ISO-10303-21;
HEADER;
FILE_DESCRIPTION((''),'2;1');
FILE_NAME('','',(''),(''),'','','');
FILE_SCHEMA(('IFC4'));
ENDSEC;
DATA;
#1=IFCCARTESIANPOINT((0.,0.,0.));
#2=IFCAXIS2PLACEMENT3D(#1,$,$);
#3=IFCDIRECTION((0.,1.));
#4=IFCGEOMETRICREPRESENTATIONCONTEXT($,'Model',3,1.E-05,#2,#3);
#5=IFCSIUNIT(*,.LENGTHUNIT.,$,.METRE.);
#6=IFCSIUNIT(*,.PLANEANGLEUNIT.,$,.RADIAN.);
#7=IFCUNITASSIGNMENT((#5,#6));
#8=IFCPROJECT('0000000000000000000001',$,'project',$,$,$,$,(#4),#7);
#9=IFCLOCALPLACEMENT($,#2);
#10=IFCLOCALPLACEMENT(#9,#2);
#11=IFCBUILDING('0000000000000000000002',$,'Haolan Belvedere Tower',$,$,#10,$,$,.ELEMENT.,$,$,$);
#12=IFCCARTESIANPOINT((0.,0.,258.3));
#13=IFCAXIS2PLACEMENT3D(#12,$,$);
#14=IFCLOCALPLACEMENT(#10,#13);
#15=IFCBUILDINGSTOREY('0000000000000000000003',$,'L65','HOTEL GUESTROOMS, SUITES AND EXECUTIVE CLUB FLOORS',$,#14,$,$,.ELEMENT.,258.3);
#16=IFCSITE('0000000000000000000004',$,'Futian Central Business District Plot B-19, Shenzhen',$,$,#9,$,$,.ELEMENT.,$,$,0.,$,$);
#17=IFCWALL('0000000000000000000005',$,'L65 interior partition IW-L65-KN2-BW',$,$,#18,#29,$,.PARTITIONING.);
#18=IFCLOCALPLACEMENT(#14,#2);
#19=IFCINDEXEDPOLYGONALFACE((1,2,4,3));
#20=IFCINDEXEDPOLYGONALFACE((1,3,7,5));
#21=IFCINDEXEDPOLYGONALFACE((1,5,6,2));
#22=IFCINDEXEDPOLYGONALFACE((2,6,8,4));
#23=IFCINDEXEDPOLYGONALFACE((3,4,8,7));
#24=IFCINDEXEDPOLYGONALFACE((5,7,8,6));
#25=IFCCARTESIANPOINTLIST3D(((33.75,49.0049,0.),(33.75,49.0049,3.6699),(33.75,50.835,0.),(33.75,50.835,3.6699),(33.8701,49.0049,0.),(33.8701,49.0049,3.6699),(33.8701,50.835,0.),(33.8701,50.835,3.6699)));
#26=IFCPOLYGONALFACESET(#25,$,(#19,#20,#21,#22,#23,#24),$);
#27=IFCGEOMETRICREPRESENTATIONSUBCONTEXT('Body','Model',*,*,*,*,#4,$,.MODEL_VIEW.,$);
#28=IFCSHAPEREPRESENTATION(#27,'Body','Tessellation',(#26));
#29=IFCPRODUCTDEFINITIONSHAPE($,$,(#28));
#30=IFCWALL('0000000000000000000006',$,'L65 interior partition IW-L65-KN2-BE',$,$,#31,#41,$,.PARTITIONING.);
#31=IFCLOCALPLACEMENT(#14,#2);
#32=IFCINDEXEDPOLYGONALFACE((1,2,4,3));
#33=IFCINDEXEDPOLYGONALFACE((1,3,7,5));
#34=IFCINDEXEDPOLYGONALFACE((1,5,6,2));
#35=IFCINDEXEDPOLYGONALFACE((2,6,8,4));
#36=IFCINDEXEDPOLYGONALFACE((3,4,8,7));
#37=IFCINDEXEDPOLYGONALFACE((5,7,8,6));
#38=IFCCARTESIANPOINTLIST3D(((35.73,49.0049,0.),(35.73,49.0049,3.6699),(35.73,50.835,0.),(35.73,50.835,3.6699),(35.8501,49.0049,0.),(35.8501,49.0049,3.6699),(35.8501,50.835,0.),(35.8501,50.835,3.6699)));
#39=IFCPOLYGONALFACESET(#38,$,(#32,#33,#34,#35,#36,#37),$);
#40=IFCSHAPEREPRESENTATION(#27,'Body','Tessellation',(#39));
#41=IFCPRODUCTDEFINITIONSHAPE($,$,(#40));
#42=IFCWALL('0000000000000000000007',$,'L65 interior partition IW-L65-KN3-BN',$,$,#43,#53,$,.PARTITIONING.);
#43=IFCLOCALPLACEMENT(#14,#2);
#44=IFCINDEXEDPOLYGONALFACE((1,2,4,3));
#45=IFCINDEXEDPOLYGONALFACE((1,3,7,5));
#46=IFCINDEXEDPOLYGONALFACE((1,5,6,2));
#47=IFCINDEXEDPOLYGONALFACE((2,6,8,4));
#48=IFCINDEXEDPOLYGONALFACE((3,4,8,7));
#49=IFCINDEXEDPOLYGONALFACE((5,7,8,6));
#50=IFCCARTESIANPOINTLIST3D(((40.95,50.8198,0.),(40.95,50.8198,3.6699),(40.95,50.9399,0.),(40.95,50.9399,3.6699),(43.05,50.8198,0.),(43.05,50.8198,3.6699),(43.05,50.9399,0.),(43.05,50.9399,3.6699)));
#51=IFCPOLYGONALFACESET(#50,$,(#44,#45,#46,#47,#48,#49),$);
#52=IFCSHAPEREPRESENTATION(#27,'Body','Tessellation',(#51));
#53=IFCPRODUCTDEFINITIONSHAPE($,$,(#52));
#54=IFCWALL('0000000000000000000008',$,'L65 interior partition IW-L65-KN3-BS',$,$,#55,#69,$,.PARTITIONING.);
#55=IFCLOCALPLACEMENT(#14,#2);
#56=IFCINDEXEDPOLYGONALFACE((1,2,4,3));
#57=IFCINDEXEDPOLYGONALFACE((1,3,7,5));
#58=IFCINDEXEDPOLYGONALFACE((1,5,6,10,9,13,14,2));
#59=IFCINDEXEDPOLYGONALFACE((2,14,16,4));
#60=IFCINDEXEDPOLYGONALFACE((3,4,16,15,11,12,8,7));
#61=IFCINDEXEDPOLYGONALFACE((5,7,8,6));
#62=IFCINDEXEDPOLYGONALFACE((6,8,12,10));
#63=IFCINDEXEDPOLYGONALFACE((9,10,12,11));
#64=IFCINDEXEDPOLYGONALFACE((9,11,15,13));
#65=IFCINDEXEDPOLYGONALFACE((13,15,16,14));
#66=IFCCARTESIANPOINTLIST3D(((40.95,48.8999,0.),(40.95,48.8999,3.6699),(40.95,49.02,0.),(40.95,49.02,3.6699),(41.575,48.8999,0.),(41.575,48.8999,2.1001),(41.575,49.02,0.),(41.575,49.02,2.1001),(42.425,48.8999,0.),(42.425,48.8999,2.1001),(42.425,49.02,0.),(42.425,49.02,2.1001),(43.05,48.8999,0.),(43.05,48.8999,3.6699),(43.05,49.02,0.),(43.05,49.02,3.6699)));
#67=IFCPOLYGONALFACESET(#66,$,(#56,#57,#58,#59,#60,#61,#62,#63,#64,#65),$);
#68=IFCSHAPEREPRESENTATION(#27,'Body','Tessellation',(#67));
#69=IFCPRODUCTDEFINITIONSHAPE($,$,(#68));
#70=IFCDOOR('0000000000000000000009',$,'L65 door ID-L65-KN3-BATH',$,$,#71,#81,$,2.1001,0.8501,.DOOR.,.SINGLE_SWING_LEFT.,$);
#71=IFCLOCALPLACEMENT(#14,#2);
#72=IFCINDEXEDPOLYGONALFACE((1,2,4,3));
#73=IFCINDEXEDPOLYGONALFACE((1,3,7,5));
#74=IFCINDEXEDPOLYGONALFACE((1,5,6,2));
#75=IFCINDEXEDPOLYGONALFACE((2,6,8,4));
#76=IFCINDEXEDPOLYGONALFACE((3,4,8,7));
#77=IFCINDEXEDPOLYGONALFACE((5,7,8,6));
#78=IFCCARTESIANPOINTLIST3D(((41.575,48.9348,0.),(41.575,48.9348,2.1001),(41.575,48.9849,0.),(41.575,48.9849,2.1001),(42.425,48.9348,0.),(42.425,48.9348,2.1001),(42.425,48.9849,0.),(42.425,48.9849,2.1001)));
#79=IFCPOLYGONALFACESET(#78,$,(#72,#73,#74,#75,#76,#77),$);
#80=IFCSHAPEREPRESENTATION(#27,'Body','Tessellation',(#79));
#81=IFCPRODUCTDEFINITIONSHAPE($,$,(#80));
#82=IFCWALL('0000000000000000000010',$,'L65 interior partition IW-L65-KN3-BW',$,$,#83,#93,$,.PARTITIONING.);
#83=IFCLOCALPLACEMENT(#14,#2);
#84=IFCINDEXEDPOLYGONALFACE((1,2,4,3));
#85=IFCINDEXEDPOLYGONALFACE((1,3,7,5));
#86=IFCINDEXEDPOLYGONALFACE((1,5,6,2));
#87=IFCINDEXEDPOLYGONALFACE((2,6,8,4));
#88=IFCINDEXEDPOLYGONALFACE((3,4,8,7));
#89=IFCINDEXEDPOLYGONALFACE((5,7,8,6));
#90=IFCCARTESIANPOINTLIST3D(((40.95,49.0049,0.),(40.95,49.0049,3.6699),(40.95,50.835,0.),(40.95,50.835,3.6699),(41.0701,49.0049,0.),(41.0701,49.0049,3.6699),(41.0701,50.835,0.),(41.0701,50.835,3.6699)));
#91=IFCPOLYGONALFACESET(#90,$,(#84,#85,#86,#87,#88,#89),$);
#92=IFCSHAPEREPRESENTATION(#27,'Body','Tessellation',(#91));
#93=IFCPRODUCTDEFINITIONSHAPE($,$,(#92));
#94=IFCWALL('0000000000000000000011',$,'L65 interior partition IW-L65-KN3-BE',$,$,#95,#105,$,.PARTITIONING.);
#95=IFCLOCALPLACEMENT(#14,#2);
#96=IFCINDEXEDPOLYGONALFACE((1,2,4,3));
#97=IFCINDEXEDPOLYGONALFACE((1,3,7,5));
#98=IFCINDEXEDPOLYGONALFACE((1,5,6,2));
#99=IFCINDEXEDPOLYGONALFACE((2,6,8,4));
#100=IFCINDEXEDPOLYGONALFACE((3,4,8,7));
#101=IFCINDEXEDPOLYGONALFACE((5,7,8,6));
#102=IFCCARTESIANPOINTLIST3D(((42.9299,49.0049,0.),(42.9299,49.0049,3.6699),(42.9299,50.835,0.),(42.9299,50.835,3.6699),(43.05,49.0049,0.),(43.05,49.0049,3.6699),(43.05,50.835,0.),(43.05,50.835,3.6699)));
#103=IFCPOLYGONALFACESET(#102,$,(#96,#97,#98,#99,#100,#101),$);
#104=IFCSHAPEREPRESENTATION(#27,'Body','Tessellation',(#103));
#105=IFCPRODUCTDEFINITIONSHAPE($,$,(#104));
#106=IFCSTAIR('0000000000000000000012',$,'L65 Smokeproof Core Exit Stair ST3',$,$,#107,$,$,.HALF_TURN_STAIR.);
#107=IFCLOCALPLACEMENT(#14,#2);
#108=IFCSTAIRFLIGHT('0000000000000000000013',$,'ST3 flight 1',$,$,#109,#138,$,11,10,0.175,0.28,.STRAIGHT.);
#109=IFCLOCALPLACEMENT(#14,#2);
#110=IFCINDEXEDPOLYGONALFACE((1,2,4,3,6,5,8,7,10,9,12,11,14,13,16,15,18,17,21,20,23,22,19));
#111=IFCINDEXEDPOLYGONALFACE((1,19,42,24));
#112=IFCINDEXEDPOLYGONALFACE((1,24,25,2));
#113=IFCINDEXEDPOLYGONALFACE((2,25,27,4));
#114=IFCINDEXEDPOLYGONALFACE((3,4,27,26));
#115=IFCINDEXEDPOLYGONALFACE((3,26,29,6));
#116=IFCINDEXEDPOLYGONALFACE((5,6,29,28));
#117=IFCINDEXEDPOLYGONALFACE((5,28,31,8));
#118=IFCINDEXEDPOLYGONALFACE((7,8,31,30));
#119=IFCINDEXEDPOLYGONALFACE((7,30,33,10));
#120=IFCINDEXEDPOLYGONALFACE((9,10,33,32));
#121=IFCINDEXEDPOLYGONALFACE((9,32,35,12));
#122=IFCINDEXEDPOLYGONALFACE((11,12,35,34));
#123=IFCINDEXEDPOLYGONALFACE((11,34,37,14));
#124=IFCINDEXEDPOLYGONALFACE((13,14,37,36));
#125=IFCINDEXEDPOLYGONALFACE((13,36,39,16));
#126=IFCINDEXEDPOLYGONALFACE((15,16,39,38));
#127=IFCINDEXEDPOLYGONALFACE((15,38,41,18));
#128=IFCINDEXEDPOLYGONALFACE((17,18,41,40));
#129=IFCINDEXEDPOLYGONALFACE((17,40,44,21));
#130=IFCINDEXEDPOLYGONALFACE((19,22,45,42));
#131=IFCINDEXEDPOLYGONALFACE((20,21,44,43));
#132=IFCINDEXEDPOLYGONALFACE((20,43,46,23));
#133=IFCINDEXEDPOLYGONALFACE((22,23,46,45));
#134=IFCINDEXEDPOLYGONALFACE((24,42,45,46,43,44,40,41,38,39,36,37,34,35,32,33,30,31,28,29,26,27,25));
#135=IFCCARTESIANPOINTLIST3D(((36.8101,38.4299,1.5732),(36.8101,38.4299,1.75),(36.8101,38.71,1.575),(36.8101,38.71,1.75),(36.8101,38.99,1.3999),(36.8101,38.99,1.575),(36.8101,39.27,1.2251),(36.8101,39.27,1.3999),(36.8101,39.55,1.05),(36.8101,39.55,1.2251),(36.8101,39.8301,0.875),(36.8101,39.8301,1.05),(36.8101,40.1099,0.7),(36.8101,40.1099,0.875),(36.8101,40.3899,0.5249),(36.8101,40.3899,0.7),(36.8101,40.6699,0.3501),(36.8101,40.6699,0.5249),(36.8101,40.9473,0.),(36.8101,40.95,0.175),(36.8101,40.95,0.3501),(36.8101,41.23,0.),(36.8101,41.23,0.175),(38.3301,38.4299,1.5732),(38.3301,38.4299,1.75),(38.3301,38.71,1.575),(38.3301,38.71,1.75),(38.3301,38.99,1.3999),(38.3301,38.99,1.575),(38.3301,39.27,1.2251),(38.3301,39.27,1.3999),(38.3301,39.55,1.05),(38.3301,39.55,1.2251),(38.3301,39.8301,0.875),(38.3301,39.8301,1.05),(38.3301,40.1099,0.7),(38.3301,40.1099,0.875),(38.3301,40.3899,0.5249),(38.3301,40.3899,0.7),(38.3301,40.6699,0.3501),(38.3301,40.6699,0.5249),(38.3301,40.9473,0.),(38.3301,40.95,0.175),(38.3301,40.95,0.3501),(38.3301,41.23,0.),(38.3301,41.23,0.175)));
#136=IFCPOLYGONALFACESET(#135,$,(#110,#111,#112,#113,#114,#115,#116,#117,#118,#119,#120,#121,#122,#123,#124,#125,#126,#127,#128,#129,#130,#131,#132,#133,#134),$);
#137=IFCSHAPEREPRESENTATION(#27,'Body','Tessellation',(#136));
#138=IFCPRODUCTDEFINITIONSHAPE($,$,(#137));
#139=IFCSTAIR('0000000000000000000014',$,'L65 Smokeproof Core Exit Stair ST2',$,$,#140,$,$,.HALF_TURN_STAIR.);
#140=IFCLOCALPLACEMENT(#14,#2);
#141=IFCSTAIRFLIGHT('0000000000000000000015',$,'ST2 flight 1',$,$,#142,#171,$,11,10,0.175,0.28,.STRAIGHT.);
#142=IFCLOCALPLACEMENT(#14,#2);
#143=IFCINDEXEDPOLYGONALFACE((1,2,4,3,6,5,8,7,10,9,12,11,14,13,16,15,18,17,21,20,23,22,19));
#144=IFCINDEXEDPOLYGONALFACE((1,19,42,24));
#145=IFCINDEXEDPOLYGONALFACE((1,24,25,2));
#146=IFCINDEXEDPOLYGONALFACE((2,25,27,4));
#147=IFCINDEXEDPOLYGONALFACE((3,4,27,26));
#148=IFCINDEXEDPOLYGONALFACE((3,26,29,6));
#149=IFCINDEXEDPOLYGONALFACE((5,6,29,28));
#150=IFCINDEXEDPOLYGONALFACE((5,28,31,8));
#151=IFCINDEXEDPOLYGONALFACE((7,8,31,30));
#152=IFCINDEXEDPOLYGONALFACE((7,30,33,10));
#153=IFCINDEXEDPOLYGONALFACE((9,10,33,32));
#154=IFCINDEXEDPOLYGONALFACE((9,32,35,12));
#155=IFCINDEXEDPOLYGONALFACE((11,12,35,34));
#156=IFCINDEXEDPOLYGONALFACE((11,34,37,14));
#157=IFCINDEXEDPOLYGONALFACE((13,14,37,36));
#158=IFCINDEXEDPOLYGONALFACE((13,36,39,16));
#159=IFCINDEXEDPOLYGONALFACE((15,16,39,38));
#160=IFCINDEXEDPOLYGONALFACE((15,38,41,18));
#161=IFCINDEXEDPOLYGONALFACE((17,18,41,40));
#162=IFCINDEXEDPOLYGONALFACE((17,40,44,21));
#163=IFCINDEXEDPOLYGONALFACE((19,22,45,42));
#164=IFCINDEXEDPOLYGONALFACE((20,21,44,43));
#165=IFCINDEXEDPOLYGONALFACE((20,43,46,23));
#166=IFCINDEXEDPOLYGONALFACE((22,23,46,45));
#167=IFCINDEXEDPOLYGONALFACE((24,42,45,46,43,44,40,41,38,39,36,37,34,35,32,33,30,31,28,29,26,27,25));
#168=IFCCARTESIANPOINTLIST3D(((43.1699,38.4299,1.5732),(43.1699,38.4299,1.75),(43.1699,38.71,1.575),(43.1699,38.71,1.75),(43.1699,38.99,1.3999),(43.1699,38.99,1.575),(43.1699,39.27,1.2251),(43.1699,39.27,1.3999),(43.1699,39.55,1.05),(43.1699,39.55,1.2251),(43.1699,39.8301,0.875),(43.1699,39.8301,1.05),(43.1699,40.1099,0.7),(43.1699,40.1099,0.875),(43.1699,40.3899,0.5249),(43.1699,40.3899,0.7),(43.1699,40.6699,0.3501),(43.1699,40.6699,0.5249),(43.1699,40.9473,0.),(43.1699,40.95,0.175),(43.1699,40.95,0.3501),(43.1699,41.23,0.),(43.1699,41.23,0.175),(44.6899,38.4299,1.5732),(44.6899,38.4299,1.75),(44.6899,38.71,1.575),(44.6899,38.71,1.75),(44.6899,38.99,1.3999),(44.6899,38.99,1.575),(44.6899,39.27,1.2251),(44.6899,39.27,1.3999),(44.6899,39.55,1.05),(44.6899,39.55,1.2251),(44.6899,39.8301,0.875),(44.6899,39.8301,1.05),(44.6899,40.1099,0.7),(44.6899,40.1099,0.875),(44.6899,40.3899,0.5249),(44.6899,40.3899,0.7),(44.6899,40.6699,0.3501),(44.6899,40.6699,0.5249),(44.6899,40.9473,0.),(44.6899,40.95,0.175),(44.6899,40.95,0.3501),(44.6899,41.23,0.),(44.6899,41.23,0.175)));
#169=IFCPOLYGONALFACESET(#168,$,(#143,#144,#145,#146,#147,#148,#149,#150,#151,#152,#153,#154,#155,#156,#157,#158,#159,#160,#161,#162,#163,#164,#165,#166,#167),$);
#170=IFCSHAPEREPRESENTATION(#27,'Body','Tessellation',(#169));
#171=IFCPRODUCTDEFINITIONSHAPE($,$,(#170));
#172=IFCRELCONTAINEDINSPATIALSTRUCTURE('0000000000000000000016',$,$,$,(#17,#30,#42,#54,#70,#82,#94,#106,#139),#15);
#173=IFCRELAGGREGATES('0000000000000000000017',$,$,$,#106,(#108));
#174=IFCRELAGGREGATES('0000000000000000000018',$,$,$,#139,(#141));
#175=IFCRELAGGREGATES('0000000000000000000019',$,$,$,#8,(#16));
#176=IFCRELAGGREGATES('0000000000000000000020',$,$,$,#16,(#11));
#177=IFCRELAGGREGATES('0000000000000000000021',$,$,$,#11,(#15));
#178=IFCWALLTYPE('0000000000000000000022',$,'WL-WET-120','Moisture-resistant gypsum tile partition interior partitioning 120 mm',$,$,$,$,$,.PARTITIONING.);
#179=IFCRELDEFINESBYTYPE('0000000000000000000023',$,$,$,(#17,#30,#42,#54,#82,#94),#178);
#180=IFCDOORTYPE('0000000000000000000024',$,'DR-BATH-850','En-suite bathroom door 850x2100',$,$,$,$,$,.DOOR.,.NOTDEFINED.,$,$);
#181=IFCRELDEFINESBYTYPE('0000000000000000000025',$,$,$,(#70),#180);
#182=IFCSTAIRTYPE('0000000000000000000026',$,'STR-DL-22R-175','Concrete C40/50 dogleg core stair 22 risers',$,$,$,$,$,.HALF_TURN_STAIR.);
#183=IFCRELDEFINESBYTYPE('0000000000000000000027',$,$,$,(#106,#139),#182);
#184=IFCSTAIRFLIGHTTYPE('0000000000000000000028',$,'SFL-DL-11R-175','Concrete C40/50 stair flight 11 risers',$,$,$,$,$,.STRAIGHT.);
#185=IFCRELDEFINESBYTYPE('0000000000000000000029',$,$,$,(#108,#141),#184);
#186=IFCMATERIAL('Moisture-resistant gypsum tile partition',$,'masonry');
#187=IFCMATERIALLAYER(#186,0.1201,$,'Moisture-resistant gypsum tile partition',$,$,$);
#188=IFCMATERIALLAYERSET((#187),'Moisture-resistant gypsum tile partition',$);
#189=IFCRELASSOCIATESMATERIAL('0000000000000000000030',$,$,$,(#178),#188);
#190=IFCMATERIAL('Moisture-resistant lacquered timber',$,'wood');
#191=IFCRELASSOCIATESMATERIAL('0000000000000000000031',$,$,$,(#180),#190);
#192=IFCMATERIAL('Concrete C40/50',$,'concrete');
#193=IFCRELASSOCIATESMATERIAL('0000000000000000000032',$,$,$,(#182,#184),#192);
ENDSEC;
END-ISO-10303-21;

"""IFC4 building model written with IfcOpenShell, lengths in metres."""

from ifc_helpers import new_model, si_unit, direction, frame, frame_2d, origin, place, context, subcontext, project, spatial, polyline, rectangle, outline, extrude, material, layer, layer_set, type_object, element, fill, aggregate, save


model = new_model("IFC4")

# Units and contexts
model_context = context("Model", 3, precision=1e-05, world=origin(), true_north=direction((0.0, 1.0)))
body_context = subcontext(model_context, "Body", "Model", "MODEL_VIEW")
ifc_project = project(units=[si_unit("LENGTHUNIT", "METRE"), si_unit("PLANEANGLEUNIT", "RADIAN")], contexts=[model_context])

# Site, building, storey
site_placement = place(None, origin())
site = spatial("IfcSite", under=ifc_project, at=site_placement, Name="Futian Central Business District Plot B-19, Shenzhen", CompositionType="ELEMENT", RefElevation=0.0)
building_placement = place(site_placement, origin())
building = spatial("IfcBuilding", under=site, at=building_placement, Name="Haolan Belvedere Tower", CompositionType="ELEMENT")
storey_placement = place(building_placement, frame((0.0, 0.0, 258.3)))
storey = spatial("IfcBuildingStorey", under=building, at=storey_placement, Name="L65", Description="HOTEL GUESTROOMS, SUITES AND EXECUTIVE CLUB FLOORS", CompositionType="ELEMENT", Elevation=258.3)

# Walls
ifc_material_1 = material(Name="Moisture-resistant gypsum tile partition", Category="masonry")
ifc_layer_1 = layer(ifc_material_1, 0.1201, Name="Moisture-resistant gypsum tile partition")
ifc_layer_set_1 = layer_set([ifc_layer_1], Name="Moisture-resistant gypsum tile partition")
wall_type_1 = type_object("IfcWallType", Name="WL-WET-120", Description="Moisture-resistant gypsum tile partition interior partitioning 120 mm", PredefinedType="PARTITIONING", material=ifc_layer_set_1)
for number, where, z_axis, x_axis, name in (
    (1, (33.8101, 49.0049, 0.0), (0.0, 0.0, 1.0), (0.0, 1.0, 0.0), "L65 interior partition IW-L65-KN2-BW"),
    (2, (35.79, 49.0049, 0.0), (0.0, 0.0, 1.0), (0.0, 1.0, 0.0), "L65 interior partition IW-L65-KN2-BE"),
):
    element("IfcWall", number, at=place(storey_placement, frame(where, z_axis=z_axis, x_axis=x_axis)), inside=storey, type_object=wall_type_1, Name=name, PredefinedType="PARTITIONING", context=body_context, shape_type="SweptSolid", body=[
        extrude(rectangle(XDim=1.8301, YDim=0.1201, at=frame_2d((0.915, 0.0))), origin(), (0.0, 0.0, 1.0), 3.6699),
    ])
wall_1_placement = place(storey_placement, frame((40.95, 50.8799, 0.0), z_axis=(0.0, 0.0, 1.0), x_axis=(1.0, 0.0, 0.0)))
element("IfcWall", 3, at=wall_1_placement, inside=storey, type_object=wall_type_1, Name="L65 interior partition IW-L65-KN3-BN", PredefinedType="PARTITIONING", context=body_context, shape_type="SweptSolid", body=[
    extrude(rectangle(XDim=2.1001, YDim=0.1201, at=frame_2d((1.05, 0.0))), origin(), (0.0, 0.0, 1.0), 3.6699),
])

# Wall, opening, door
wall_2_placement = place(storey_placement, frame((40.95, 48.96, 0.0), z_axis=(0.0, 0.0, 1.0), x_axis=(1.0, 0.0, 0.0)))
wall_2 = element("IfcWall", 4, at=wall_2_placement, inside=storey, type_object=wall_type_1, Name="L65 interior partition IW-L65-KN3-BS", PredefinedType="PARTITIONING", context=body_context, shape_type="SweptSolid", body=[
    extrude(rectangle(XDim=2.1001, YDim=0.1201, at=frame_2d((1.05, 0.0))), origin(), (0.0, 0.0, 1.0), 3.6699),
])
opening_1_placement = place(wall_2_placement, frame((0.625, 0.0, 0.0)))
opening_1 = element("IfcOpeningElement", 5, at=opening_1_placement, cuts=wall_2, PredefinedType="OPENING", context=body_context, shape_type="SweptSolid", body=[
    extrude(rectangle(XDim=0.8501, YDim=2.1001, at=frame_2d((0.425, 1.05))), frame((0.0, 0.0701, 0.0), z_axis=(0.0, -1.0, 0.0), x_axis=(1.0, 0.0, 0.0)), (0.0, 0.0, 1.0), 0.1401),
])
ifc_material_2 = material(Name="Moisture-resistant lacquered timber", Category="wood")
door_type_1 = type_object("IfcDoorType", Name="DR-BATH-850", Description="En-suite bathroom door 850x2100", OperationType="NOTDEFINED", PredefinedType="DOOR", material=ifc_material_2)
door_1_placement = place(opening_1_placement, origin())
door_1 = element("IfcDoor", 6, at=door_1_placement, inside=storey, type_object=door_type_1, Name="L65 door ID-L65-KN3-BATH", OperationType="SINGLE_SWING_LEFT", OverallHeight=2.1001, OverallWidth=0.8501, PredefinedType="DOOR", context=body_context, shape_type="SweptSolid", body=[
    extrude(rectangle(XDim=0.8501, YDim=2.1001, at=frame_2d((0.425, 1.05))), frame((0.0, 0.0249, 0.0), z_axis=(0.0, -1.0, 0.0), x_axis=(1.0, 0.0, 0.0)), (0.0, 0.0, 1.0), 0.05),
])
fill(opening_1, door_1)

# Walls
for number, where, z_axis, x_axis, name in (
    (7, (41.01, 49.0049, 0.0), (0.0, 0.0, 1.0), (0.0, 1.0, 0.0), "L65 interior partition IW-L65-KN3-BW"),
    (8, (42.99, 49.0049, 0.0), (0.0, 0.0, 1.0), (0.0, 1.0, 0.0), "L65 interior partition IW-L65-KN3-BE"),
):
    element("IfcWall", number, at=place(storey_placement, frame(where, z_axis=z_axis, x_axis=x_axis)), inside=storey, type_object=wall_type_1, Name=name, PredefinedType="PARTITIONING", context=body_context, shape_type="SweptSolid", body=[
        extrude(rectangle(XDim=1.8301, YDim=0.1201, at=frame_2d((0.915, 0.0))), origin(), (0.0, 0.0, 1.0), 3.6699),
    ])

# Stairs, stair flights
ifc_material_3 = material(Name="Concrete C40/50", Category="concrete")
stair_type = type_object("IfcStairType", Name="STR-DL-22R-175", Description="Concrete C40/50 dogleg core stair 22 risers", PredefinedType="HALF_TURN_STAIR", material=ifc_material_3)
stair_1_placement = place(storey_placement, origin())
stair_1 = element("IfcStair", 9, at=stair_1_placement, inside=storey, type_object=stair_type, Name="L65 Smokeproof Core Exit Stair ST3", PredefinedType="HALF_TURN_STAIR")
stair_flight_type = type_object("IfcStairFlightType", Name="SFL-DL-11R-175", Description="Concrete C40/50 stair flight 11 risers", PredefinedType="STRAIGHT", material=ifc_material_3)
stair_flight_1_placement = place(storey_placement, frame((37.5701, 41.23, 0.0), z_axis=(0.0, 0.0, 1.0), x_axis=(0.0, -1.0, 0.0)))
stair_flight_1 = element("IfcStairFlight", 10, at=stair_flight_1_placement, type_object=stair_flight_type, Name="ST3 flight 1", NumberOfRisers=11, NumberOfTreads=10, PredefinedType="STRAIGHT", RiserHeight=0.175, TreadLength=0.28, context=body_context, shape_type="SweptSolid", body=[
    extrude(outline(polyline([(0.0, 0.0), (0.0, 0.175), (0.28, 0.175), (0.28, 0.3501), (0.5601, 0.3501), (0.5601, 0.5249), (0.8401, 0.5249), (0.8401, 0.7), (1.1201, 0.7), (1.1201, 0.875), (1.3999, 0.875), (1.3999, 1.05), (1.6799, 1.05), (1.6799, 1.2251), (1.96, 1.2251), (1.96, 1.3999), (2.24, 1.3999), (2.24, 1.575), (2.52, 1.575), (2.52, 1.75), (2.8, 1.75), (2.8, 1.925), (2.8, 1.5732), (0.2827, 0.0), (0.0, 0.0)])), frame((0.0, 0.76, 0.0), z_axis=(0.0, -1.0, 0.0), x_axis=(1.0, 0.0, 0.0)), (0.0, 0.0, 1.0), 1.52),
])
aggregate(stair_1, [stair_flight_1])
stair_2_placement = place(storey_placement, origin())
stair_2 = element("IfcStair", 11, at=stair_2_placement, inside=storey, type_object=stair_type, Name="L65 Smokeproof Core Exit Stair ST2", PredefinedType="HALF_TURN_STAIR")
stair_flight_2_placement = place(storey_placement, frame((43.9299, 41.23, 0.0), z_axis=(0.0, 0.0, 1.0), x_axis=(0.0, -1.0, 0.0)))
stair_flight_2 = element("IfcStairFlight", 12, at=stair_flight_2_placement, type_object=stair_flight_type, Name="ST2 flight 1", NumberOfRisers=11, NumberOfTreads=10, PredefinedType="STRAIGHT", RiserHeight=0.175, TreadLength=0.28, context=body_context, shape_type="SweptSolid", body=[
    extrude(outline(polyline([(0.0, 0.0), (0.0, 0.175), (0.28, 0.175), (0.28, 0.3501), (0.5601, 0.3501), (0.5601, 0.5249), (0.8401, 0.5249), (0.8401, 0.7), (1.1201, 0.7), (1.1201, 0.875), (1.3999, 0.875), (1.3999, 1.05), (1.6799, 1.05), (1.6799, 1.2251), (1.96, 1.2251), (1.96, 1.3999), (2.24, 1.3999), (2.24, 1.575), (2.52, 1.575), (2.52, 1.75), (2.8, 1.75), (2.8, 1.925), (2.8, 1.5732), (0.2827, 0.0), (0.0, 0.0)])), frame((0.0, 0.76, 0.0), z_axis=(0.0, -1.0, 0.0), x_axis=(1.0, 0.0, 0.0)), (0.0, 0.0, 1.0), 1.52),
])
aggregate(stair_2, [stair_flight_2])

save(model, "model.ifc")
